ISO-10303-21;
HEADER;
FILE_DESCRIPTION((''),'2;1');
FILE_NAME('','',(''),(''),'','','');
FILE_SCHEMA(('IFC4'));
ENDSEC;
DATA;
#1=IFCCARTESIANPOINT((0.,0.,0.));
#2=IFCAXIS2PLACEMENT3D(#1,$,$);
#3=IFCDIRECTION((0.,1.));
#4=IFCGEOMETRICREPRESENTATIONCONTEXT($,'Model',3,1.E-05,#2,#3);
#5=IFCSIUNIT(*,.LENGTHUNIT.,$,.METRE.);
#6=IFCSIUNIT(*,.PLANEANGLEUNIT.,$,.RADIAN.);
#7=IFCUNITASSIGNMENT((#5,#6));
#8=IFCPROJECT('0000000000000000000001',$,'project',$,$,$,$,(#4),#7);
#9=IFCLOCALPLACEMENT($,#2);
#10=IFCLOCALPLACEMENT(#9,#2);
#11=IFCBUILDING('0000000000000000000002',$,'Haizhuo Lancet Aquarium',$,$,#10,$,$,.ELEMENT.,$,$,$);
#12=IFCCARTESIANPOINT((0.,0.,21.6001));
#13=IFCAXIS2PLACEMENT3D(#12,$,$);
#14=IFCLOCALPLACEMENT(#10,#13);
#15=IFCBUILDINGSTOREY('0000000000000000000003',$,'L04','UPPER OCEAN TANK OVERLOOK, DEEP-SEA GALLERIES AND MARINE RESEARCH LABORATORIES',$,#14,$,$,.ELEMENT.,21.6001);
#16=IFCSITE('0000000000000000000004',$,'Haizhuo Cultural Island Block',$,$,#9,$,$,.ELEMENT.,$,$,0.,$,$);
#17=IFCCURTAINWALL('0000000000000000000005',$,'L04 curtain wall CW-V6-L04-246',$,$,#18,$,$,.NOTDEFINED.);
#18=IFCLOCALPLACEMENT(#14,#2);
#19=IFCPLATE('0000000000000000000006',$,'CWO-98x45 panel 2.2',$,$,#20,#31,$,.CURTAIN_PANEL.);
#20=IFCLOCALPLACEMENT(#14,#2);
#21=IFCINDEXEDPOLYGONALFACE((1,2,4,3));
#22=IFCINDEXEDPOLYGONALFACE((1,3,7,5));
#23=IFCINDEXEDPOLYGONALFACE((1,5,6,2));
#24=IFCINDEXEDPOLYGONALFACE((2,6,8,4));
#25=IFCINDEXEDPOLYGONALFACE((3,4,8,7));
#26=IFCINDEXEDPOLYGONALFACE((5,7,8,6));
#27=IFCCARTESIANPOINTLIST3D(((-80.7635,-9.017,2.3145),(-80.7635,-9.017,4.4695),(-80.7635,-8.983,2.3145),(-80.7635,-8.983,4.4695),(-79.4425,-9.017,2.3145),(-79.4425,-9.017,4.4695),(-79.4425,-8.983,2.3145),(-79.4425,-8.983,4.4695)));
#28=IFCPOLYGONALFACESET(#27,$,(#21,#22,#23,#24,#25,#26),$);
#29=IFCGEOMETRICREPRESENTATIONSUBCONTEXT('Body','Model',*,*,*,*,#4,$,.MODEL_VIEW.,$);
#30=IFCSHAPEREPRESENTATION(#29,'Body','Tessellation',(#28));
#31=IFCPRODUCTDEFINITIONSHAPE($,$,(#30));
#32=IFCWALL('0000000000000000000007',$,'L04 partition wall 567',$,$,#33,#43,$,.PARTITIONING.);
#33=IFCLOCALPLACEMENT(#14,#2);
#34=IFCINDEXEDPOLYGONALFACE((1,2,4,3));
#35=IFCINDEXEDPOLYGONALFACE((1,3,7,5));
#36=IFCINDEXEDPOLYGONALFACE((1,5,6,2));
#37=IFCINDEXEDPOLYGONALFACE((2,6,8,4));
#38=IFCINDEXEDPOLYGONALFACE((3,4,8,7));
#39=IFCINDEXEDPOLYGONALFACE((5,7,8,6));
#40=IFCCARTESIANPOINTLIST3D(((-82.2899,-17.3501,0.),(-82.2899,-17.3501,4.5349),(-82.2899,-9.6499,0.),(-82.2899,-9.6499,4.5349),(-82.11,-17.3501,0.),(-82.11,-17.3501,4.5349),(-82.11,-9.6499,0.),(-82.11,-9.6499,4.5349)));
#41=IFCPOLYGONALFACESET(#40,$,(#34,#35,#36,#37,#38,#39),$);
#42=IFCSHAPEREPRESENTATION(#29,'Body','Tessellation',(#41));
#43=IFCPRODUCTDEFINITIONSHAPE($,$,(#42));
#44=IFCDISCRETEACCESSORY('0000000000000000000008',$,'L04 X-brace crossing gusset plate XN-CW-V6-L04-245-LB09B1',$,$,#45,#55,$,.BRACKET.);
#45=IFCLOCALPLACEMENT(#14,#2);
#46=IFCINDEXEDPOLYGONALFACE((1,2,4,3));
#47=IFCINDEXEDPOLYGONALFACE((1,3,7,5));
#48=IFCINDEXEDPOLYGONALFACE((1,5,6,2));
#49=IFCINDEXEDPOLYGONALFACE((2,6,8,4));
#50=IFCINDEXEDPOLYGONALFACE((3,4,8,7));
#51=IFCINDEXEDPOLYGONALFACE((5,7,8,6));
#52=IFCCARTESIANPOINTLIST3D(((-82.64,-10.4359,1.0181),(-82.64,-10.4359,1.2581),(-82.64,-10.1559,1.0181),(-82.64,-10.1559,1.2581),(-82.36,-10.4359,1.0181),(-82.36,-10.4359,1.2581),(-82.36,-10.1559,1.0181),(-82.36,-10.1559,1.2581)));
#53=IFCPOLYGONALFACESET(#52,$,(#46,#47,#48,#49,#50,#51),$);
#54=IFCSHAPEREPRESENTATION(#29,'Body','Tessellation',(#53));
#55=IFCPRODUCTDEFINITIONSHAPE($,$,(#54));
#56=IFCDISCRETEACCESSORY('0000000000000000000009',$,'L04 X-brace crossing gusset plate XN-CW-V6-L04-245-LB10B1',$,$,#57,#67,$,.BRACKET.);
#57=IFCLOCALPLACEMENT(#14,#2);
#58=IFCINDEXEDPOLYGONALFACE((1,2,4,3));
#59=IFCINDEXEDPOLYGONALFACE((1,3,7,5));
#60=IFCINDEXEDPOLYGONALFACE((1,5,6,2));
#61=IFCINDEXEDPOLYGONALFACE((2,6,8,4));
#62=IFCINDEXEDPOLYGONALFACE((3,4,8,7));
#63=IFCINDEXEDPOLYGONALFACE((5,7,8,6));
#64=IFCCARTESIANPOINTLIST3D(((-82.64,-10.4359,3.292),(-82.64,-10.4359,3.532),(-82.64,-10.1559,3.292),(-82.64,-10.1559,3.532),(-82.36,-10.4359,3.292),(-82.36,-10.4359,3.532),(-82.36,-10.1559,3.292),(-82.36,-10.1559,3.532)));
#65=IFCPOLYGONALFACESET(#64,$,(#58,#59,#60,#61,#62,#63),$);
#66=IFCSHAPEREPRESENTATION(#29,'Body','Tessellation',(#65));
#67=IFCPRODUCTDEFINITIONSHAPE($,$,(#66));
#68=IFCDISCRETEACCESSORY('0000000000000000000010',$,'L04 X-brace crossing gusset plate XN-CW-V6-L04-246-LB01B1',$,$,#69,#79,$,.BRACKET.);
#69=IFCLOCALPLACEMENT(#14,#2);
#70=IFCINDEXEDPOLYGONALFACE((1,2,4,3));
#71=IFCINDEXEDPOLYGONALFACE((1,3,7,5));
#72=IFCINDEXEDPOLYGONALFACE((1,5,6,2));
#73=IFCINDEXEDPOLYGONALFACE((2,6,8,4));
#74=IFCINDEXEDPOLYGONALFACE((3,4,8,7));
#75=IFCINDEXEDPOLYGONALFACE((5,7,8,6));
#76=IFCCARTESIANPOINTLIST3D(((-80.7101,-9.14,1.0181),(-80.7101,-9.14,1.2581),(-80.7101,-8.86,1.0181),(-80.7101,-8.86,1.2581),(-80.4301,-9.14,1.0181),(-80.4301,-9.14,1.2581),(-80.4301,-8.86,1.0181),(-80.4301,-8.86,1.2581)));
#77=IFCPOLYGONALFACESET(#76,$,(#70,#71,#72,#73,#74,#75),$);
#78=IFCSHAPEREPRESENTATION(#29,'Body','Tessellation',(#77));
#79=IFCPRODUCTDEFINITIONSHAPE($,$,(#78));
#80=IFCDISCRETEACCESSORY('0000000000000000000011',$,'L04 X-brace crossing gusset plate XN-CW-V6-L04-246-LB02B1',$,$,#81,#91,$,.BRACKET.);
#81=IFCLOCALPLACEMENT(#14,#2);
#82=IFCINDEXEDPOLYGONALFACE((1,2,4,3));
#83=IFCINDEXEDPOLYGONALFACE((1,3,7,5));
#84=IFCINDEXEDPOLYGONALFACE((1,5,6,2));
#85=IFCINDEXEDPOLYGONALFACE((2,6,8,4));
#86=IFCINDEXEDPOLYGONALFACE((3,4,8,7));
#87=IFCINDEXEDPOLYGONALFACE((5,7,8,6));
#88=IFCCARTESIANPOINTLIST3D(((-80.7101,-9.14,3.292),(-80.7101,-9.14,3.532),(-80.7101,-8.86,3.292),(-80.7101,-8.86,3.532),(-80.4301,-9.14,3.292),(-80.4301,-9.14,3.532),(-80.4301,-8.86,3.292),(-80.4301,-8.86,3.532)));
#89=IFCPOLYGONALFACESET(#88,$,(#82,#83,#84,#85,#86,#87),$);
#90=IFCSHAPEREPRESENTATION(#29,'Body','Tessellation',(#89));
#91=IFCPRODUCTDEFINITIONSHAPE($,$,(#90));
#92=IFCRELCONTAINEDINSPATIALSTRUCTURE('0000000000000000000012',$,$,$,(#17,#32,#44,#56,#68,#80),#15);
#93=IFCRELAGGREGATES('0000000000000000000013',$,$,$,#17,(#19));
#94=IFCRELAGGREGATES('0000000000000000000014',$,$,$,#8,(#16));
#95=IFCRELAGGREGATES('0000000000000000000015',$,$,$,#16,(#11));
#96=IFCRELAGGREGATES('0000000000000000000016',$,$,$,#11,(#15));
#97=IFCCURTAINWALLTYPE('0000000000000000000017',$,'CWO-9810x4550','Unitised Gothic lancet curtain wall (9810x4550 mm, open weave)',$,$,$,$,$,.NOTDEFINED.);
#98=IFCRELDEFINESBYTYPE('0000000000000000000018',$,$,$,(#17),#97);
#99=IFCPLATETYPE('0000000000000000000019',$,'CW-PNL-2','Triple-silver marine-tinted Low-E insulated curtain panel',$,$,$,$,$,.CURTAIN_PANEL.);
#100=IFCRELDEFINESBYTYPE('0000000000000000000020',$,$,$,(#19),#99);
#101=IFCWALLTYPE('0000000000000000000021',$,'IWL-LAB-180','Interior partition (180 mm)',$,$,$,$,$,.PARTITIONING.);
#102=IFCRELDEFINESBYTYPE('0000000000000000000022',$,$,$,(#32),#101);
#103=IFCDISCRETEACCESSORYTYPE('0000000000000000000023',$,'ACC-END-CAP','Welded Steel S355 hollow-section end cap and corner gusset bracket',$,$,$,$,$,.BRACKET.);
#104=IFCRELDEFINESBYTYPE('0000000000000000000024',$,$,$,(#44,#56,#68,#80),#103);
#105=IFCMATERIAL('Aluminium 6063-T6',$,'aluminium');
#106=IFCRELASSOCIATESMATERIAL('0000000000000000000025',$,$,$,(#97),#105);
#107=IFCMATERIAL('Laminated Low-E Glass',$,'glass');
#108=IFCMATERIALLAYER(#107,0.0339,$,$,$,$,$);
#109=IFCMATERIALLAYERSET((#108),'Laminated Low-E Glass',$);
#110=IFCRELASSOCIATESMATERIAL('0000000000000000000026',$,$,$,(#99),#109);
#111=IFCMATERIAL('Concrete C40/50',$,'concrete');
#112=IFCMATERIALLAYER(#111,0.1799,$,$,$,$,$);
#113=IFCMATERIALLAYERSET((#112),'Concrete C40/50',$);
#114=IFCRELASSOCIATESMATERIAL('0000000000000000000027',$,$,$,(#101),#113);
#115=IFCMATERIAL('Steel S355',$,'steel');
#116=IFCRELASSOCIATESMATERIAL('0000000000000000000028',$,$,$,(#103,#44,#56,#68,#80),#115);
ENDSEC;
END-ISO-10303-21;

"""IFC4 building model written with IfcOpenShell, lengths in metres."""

from ifc_helpers import new_model, si_unit, direction, frame, frame_2d, origin, origin_2d, place, context, subcontext, project, spatial, rectangle, extrude, material, layer, layer_set, type_object, element, aggregate, save


model = new_model("IFC4")

# Units and contexts
model_context = context("Model", 3, precision=1e-05, world=origin(), true_north=direction((0.0, 1.0)))
body_context = subcontext(model_context, "Body", "Model", "MODEL_VIEW")
ifc_project = project(units=[si_unit("LENGTHUNIT", "METRE"), si_unit("PLANEANGLEUNIT", "RADIAN")], contexts=[model_context])

# Site, building, storey
site_placement = place(None, origin())
site = spatial("IfcSite", under=ifc_project, at=site_placement, Name="Haizhuo Cultural Island Block", CompositionType="ELEMENT", RefElevation=0.0)
building_placement = place(site_placement, origin())
building = spatial("IfcBuilding", under=site, at=building_placement, Name="Haizhuo Lancet Aquarium", CompositionType="ELEMENT")
storey_placement = place(building_placement, frame((0.0, 0.0, 21.6001)))
storey = spatial("IfcBuildingStorey", under=building, at=storey_placement, Name="L04", Description="UPPER OCEAN TANK OVERLOOK, DEEP-SEA GALLERIES AND MARINE RESEARCH LABORATORIES", CompositionType="ELEMENT", Elevation=21.6001)

# Shared definitions
ifc_material_1 = material(Name="Steel S355", Category="steel")

# Shared definitions
ifc_material_2 = material(Name="Aluminium 6063-T6", Category="aluminium")

# Curtain wall
curtain_wall_type_1 = type_object("IfcCurtainWallType", Name="CWO-9810x4550", Description="Unitised Gothic lancet curtain wall (9810x4550 mm, open weave)", PredefinedType="NOTDEFINED", material=ifc_material_2)
curtain_wall_1_placement = place(storey_placement, origin())
curtain_wall_1 = element("IfcCurtainWall", 1, at=curtain_wall_1_placement, inside=storey, type_object=curtain_wall_type_1, Name="L04 curtain wall CW-V6-L04-246", PredefinedType="NOTDEFINED")

# Plate
ifc_material_3 = material(Name="Laminated Low-E Glass", Category="glass")
ifc_layer_1 = layer(ifc_material_3, 0.0339)
ifc_layer_set_1 = layer_set([ifc_layer_1], Name="Laminated Low-E Glass")
plate_type = type_object("IfcPlateType", Name="CW-PNL-2", Description="Triple-silver marine-tinted Low-E insulated curtain panel", PredefinedType="CURTAIN_PANEL", material=ifc_layer_set_1)
plate_1_placement = place(storey_placement, frame((-80.103, -9.0, 2.3145), z_axis=(0.0, 0.0, 1.0), x_axis=(1.0, 0.0, 0.0)))
plate_1 = element("IfcPlate", 2, at=plate_1_placement, type_object=plate_type, Name="CWO-98x45 panel 2.2", PredefinedType="CURTAIN_PANEL", context=body_context, shape_type="SweptSolid", body=[
    extrude(rectangle(XDim=1.321, YDim=0.0339, at=origin_2d()), origin(), (0.0, 0.0, 1.0), 2.155),
])
aggregate(curtain_wall_1, [plate_1])

# Wall
ifc_material_4 = material(Name="Concrete C40/50", Category="concrete")
ifc_layer_2 = layer(ifc_material_4, 0.1799)
ifc_layer_set_2 = layer_set([ifc_layer_2], Name="Concrete C40/50")
wall_type = type_object("IfcWallType", Name="IWL-LAB-180", Description="Interior partition (180 mm)", PredefinedType="PARTITIONING", material=ifc_layer_set_2)
wall_placement = place(storey_placement, frame((-82.2, -9.6499, 0.0), z_axis=(0.0, 0.0, 1.0), x_axis=(0.0, -1.0, 0.0)))
element("IfcWall", 3, at=wall_placement, inside=storey, type_object=wall_type, Name="L04 partition wall 567", PredefinedType="PARTITIONING", context=body_context, shape_type="SweptSolid", body=[
    extrude(rectangle(XDim=7.7002, YDim=0.1799, at=frame_2d((3.8501, 0.0))), origin(), (0.0, 0.0, 1.0), 4.5349),
])

# Discrete accessories
discrete_accessory_type = type_object("IfcDiscreteAccessoryType", Name="ACC-END-CAP", Description="Welded Steel S355 hollow-section end cap and corner gusset bracket", PredefinedType="BRACKET", material=ifc_material_1)
for number, where, z_axis, x_axis, name in (
    (4, (-82.5, -10.2959, 1.0181), (0.0, 0.0, 1.0), (1.0, 0.0, 0.0), "L04 X-brace crossing gusset plate XN-CW-V6-L04-245-LB09B1"),
    (5, (-82.5, -10.2959, 3.292), (0.0, 0.0, 1.0), (1.0, 0.0, 0.0), "L04 X-brace crossing gusset plate XN-CW-V6-L04-245-LB10B1"),
    (6, (-80.5701, -9.0, 1.0181), (0.0, 0.0, 1.0), (1.0, 0.0, 0.0), "L04 X-brace crossing gusset plate XN-CW-V6-L04-246-LB01B1"),
    (7, (-80.5701, -9.0, 3.292), (0.0, 0.0, 1.0), (1.0, 0.0, 0.0), "L04 X-brace crossing gusset plate XN-CW-V6-L04-246-LB02B1"),
):
    element("IfcDiscreteAccessory", number, at=place(storey_placement, frame(where, z_axis=z_axis, x_axis=x_axis)), inside=storey, type_object=discrete_accessory_type, material=ifc_material_1, Name=name, PredefinedType="BRACKET", context=body_context, shape_type="SweptSolid", body=[
        extrude(rectangle(XDim=0.28, YDim=0.28, at=origin_2d()), origin(), (0.0, 0.0, 1.0), 0.24),
    ])

save(model, "model.ifc")
